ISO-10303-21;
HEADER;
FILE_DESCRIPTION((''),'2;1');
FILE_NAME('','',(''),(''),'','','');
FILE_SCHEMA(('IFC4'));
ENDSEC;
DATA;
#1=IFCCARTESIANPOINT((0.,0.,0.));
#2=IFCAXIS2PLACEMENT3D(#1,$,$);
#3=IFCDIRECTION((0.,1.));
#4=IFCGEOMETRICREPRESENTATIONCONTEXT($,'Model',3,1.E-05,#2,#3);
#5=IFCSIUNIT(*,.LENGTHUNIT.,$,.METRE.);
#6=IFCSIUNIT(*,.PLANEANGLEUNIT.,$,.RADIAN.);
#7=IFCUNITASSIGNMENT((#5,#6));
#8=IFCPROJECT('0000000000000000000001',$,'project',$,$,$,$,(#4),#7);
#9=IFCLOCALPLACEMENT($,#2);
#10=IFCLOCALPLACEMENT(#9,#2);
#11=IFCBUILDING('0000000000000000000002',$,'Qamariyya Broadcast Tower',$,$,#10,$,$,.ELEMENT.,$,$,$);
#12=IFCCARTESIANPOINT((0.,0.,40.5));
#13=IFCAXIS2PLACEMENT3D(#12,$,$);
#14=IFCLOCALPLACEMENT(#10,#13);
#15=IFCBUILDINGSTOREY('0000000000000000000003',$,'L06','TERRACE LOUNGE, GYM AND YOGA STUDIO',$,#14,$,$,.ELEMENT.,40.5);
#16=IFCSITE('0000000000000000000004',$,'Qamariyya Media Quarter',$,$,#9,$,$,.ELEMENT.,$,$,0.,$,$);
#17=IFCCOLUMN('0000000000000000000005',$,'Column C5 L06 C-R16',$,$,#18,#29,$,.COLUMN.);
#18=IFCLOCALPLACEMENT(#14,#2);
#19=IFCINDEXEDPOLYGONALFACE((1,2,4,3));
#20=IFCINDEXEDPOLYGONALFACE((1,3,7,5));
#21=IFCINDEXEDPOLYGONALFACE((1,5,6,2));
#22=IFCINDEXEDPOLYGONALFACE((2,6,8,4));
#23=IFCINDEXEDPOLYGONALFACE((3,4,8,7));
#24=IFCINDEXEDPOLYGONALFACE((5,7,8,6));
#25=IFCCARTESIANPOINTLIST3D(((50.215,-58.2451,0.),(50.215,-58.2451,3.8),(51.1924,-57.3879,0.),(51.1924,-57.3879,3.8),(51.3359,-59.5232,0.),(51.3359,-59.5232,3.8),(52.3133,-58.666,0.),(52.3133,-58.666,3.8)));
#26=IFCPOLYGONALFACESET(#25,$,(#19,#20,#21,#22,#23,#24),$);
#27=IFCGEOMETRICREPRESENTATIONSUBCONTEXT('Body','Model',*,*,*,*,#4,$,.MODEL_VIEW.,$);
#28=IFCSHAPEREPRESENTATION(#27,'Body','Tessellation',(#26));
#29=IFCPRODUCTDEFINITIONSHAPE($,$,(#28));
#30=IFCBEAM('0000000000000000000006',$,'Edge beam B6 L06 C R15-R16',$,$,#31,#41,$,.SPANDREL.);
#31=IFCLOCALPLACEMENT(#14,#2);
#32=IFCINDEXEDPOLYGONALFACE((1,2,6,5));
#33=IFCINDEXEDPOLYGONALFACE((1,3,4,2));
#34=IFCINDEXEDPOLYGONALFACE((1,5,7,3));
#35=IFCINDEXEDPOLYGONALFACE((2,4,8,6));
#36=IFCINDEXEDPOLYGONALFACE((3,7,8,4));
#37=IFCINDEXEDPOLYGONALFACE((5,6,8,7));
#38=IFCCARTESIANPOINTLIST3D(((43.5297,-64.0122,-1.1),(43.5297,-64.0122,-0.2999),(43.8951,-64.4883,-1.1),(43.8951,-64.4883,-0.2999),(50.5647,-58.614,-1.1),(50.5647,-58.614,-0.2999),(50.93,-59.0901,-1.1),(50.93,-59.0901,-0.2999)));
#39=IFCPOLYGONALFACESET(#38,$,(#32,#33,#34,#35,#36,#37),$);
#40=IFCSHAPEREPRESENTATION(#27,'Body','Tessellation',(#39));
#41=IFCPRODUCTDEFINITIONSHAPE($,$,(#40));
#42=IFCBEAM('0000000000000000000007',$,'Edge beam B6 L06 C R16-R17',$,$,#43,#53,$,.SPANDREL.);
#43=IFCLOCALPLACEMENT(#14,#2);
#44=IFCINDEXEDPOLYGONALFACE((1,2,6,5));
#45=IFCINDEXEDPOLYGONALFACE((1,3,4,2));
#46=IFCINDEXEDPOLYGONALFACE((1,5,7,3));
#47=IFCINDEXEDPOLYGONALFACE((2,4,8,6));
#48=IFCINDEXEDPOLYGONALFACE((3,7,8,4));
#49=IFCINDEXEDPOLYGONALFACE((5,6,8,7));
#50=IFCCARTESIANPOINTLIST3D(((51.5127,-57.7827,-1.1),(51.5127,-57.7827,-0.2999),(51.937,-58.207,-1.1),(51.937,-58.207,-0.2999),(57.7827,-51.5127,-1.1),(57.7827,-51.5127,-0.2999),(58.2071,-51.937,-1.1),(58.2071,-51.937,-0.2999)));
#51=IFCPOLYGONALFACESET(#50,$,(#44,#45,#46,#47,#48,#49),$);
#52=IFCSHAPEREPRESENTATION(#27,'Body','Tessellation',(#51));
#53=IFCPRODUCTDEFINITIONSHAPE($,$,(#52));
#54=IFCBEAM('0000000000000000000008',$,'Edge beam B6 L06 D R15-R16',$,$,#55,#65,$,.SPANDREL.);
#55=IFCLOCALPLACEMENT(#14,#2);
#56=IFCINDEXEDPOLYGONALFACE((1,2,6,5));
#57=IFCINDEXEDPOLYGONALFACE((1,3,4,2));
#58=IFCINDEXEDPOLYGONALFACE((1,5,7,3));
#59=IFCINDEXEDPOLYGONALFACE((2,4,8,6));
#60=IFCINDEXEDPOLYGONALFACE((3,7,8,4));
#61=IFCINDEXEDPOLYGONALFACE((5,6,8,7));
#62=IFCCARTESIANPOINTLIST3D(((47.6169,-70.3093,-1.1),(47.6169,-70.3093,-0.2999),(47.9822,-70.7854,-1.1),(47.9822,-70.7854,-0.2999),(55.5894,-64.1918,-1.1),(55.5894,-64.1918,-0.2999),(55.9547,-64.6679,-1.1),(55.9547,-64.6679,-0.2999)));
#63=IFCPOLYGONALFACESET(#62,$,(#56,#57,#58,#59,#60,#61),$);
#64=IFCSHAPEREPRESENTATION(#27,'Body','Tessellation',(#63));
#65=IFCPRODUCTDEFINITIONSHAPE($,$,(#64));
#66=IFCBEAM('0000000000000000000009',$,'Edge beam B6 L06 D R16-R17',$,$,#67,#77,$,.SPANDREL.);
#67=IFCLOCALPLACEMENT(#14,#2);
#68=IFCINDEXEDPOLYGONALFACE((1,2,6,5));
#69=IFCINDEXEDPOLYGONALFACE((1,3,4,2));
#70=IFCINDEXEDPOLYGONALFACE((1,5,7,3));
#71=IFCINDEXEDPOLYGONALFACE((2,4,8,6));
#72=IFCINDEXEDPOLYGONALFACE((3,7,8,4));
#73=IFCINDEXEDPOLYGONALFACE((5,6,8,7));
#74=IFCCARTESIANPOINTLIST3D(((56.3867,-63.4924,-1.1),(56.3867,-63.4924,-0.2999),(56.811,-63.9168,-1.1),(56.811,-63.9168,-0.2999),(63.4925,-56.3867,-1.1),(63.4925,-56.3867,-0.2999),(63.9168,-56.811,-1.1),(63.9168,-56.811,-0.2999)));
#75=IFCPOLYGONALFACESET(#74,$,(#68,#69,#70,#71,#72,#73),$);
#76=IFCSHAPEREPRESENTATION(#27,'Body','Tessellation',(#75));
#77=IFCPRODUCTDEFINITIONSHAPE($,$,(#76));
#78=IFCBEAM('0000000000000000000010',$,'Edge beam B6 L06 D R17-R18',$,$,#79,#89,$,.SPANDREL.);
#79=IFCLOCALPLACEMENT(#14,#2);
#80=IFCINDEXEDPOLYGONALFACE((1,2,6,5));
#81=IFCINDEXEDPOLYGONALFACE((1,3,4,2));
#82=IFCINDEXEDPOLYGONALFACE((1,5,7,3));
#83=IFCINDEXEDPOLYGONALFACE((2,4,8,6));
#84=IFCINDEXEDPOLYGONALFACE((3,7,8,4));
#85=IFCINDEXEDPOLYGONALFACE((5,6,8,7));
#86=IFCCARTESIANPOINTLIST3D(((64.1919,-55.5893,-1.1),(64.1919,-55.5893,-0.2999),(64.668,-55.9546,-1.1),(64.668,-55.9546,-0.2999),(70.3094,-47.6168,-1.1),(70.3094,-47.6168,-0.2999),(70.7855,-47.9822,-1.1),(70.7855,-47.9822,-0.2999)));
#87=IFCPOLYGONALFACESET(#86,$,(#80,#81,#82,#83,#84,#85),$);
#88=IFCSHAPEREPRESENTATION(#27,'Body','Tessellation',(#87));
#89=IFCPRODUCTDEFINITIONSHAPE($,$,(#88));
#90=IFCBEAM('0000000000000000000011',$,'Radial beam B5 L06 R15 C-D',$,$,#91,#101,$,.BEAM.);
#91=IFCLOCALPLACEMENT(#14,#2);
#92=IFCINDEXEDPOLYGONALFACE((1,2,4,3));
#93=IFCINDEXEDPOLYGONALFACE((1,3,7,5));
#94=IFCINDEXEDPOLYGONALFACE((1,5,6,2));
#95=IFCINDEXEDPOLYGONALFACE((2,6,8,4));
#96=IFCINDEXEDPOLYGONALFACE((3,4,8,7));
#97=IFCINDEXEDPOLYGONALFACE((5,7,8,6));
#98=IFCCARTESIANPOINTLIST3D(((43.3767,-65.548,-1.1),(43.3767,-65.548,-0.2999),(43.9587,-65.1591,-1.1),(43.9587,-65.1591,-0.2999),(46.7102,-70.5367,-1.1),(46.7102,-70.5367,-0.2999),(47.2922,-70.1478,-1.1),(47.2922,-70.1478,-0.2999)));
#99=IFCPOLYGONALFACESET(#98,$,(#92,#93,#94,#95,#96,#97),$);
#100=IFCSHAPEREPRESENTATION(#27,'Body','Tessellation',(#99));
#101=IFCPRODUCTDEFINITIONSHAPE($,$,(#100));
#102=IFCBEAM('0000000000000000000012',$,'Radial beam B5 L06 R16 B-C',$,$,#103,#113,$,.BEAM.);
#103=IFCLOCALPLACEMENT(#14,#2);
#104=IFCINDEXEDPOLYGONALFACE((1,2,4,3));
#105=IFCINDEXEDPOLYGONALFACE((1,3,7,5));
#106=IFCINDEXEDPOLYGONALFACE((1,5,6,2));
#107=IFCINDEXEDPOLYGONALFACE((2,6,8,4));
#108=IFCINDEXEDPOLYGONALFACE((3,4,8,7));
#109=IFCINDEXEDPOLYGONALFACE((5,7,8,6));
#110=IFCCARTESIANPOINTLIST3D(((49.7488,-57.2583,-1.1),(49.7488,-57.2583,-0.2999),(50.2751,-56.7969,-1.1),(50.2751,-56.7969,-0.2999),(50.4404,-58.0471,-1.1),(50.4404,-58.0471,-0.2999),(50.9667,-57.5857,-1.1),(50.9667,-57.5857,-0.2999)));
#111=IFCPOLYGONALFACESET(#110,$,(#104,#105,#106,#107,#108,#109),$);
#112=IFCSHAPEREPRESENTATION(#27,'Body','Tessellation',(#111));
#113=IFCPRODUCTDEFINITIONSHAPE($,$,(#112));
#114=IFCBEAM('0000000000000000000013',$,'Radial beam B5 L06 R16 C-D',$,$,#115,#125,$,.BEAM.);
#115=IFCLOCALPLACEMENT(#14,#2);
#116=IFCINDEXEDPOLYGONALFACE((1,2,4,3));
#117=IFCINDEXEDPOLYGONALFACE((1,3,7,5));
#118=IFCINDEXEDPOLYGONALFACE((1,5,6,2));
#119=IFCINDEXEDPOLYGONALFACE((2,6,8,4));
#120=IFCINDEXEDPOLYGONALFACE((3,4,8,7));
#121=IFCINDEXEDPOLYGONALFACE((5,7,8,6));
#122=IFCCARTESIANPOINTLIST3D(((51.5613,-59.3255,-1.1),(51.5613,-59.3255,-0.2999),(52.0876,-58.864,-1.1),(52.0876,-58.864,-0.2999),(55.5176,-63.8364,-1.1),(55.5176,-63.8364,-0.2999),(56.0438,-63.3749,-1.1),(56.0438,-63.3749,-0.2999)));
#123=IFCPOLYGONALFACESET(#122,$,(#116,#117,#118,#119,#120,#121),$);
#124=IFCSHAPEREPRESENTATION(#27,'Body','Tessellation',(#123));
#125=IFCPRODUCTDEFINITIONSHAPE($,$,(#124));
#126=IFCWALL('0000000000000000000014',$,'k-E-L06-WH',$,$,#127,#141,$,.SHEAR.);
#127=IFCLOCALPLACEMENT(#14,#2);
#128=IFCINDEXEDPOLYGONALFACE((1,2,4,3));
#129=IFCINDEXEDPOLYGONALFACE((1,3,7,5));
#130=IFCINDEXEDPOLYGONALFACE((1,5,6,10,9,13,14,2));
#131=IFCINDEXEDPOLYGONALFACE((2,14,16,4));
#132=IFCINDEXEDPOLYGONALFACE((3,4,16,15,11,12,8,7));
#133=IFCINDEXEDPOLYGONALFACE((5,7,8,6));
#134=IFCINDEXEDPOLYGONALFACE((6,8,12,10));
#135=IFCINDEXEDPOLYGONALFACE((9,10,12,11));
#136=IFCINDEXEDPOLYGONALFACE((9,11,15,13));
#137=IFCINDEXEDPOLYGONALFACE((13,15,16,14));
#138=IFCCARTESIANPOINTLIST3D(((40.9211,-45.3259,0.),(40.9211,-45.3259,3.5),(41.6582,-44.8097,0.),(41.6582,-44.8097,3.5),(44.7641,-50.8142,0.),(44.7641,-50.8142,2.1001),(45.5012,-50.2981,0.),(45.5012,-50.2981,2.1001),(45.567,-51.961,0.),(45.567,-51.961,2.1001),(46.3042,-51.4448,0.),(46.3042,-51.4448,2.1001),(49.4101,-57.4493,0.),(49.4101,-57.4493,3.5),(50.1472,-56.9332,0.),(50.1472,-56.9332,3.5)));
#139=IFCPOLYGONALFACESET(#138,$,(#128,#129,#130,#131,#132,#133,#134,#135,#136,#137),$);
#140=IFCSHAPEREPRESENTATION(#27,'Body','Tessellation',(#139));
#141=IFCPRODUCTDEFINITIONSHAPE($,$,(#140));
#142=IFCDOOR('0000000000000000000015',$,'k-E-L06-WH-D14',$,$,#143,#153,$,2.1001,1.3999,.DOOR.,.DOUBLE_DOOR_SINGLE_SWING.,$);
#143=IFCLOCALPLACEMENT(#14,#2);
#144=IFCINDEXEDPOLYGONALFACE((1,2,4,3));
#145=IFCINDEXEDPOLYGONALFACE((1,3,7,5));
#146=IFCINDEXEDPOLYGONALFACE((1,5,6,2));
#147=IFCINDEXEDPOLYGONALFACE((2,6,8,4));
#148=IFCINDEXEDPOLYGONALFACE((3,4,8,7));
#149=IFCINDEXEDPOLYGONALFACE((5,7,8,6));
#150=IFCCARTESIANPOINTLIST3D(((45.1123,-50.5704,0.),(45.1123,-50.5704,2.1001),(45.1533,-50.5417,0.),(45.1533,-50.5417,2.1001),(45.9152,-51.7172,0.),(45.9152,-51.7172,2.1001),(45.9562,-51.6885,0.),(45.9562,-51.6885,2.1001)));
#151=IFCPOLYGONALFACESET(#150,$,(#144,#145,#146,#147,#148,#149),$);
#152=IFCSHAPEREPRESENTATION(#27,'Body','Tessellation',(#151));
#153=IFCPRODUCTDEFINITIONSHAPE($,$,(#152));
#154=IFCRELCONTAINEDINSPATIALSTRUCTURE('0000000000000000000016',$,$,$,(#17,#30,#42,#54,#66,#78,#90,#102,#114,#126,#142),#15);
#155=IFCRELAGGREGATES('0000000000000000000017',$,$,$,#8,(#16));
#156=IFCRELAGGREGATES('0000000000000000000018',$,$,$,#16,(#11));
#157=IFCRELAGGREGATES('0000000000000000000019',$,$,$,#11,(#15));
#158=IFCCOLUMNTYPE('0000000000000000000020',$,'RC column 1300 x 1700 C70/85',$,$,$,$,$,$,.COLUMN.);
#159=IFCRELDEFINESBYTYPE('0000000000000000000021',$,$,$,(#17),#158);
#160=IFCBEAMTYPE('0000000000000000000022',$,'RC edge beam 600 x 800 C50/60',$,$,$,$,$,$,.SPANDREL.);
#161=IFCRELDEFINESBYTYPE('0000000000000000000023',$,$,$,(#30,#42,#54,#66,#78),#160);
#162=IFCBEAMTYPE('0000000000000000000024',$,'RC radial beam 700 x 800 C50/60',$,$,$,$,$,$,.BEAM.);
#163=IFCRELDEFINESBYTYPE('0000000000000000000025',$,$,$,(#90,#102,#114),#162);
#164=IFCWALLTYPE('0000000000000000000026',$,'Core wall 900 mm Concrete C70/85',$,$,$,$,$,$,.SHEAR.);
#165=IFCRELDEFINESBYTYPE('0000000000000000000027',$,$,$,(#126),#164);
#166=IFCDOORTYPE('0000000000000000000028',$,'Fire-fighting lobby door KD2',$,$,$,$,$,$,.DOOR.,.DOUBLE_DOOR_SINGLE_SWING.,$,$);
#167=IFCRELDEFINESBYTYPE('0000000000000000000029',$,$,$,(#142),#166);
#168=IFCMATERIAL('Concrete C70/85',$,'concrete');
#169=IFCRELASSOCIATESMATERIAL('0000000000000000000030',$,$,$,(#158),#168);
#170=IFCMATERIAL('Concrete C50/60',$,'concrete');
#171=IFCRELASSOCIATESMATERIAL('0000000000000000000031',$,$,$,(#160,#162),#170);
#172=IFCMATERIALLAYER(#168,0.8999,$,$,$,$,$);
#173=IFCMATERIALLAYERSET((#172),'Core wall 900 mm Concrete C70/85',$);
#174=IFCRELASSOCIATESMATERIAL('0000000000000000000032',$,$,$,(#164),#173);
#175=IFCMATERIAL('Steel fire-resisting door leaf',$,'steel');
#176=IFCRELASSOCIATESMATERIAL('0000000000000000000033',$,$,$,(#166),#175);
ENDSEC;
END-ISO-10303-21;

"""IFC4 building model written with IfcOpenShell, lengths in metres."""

from ifc_helpers import new_model, si_unit, direction, frame, frame_2d, origin, origin_2d, place, context, subcontext, project, spatial, rectangle, extrude, material, layer, layer_set, material_profile, profile_set, type_object, element, fill, save


model = new_model("IFC4")

# Units and contexts
model_context = context("Model", 3, precision=1e-05, world=origin(), true_north=direction((0.0, 1.0)))
body_context = subcontext(model_context, "Body", "Model", "MODEL_VIEW")
ifc_project = project(units=[si_unit("LENGTHUNIT", "METRE"), si_unit("PLANEANGLEUNIT", "RADIAN")], contexts=[model_context])

# Site, building, storey
site_placement = place(None, origin())
site = spatial("IfcSite", under=ifc_project, at=site_placement, Name="Qamariyya Media Quarter", CompositionType="ELEMENT", RefElevation=0.0)
building_placement = place(site_placement, origin())
building = spatial("IfcBuilding", under=site, at=building_placement, Name="Qamariyya Broadcast Tower", CompositionType="ELEMENT")
storey_placement = place(building_placement, frame((0.0, 0.0, 40.5)))
storey = spatial("IfcBuildingStorey", under=building, at=storey_placement, Name="L06", Description="TERRACE LOUNGE, GYM AND YOGA STUDIO", CompositionType="ELEMENT", Elevation=40.5)

# Column
ifc_material_1 = material(Name="Concrete C70/85", Category="concrete")
ifc_material_profile_1 = material_profile(ifc_material_1, rectangle(XDim=1.3, YDim=1.7, at=origin_2d()))
ifc_profile_set_1 = profile_set([ifc_material_profile_1], Name="Concrete C70/85")
column_type = type_object("IfcColumnType", Name="RC column 1300 x 1700 C70/85", PredefinedType="COLUMN", material=ifc_profile_set_1)
column_placement = place(storey_placement, frame((51.2642, -58.4556, 0.0), z_axis=(0.0, 0.0, 1.0), x_axis=(0.75184, 0.659346, 0.0)))
element("IfcColumn", 1, at=column_placement, inside=storey, type_object=column_type, Name="Column C5 L06 C-R16", PredefinedType="COLUMN", context=body_context, shape_type="SweptSolid", body=[
    extrude(rectangle(XDim=1.3, YDim=1.7, at=origin_2d()), origin(), (0.0, 0.0, 1.0), 3.8),
])

# Beams
ifc_material_2 = material(Name="Concrete C50/60", Category="concrete")
ifc_material_profile_2 = material_profile(ifc_material_2, rectangle(XDim=0.6001, YDim=0.8, at=origin_2d()))
ifc_profile_set_2 = profile_set([ifc_material_profile_2], Name="Concrete C50/60")
beam_type_1 = type_object("IfcBeamType", Name="RC edge beam 600 x 800 C50/60", PredefinedType="SPANDREL", material=ifc_profile_set_2)
beam_1_placement = place(storey_placement, frame((43.7124, -64.2502, -0.7), z_axis=(0.793347, 0.60877, 0.0), x_axis=(-0.60877, 0.793347, 0.0)))
element("IfcBeam", 2, at=beam_1_placement, inside=storey, type_object=beam_type_1, Name="Edge beam B6 L06 C R15-R16", PredefinedType="SPANDREL", context=body_context, shape_type="SweptSolid", body=[
    extrude(rectangle(XDim=0.6001, YDim=0.8, at=origin_2d()), origin(), (0.0, 0.0, 1.0), 8.8674),
])
beam_2_placement = place(storey_placement, frame((51.7249, -57.9949, -0.7), z_axis=(0.707107, 0.707107, 0.0), x_axis=(-0.707107, 0.707107, 0.0)))
element("IfcBeam", 3, at=beam_2_placement, inside=storey, type_object=beam_type_1, Name="Edge beam B6 L06 C R16-R17", PredefinedType="SPANDREL", context=body_context, shape_type="SweptSolid", body=[
    extrude(rectangle(XDim=0.6001, YDim=0.8, at=origin_2d()), origin(), (0.0, 0.0, 1.0), 8.8672),
])
for number, where, z_axis, x_axis, name in (
    (4, (47.7996, -70.5474, -0.7), (0.793354, 0.60876, 0.0), (-0.60876, 0.793354, 0.0), "Edge beam B6 L06 D R15-R16"),
    (5, (56.5989, -63.7046, -0.7), (0.707107, 0.707107, 0.0), (-0.707107, 0.707107, 0.0), "Edge beam B6 L06 D R16-R17"),
    (6, (64.4299, -55.772, -0.7), (0.60876, 0.793354, 0.0), (-0.793354, 0.60876, 0.0), "Edge beam B6 L06 D R17-R18"),
):
    element("IfcBeam", number, at=place(storey_placement, frame(where, z_axis=z_axis, x_axis=x_axis)), inside=storey, type_object=beam_type_1, Name=name, PredefinedType="SPANDREL", context=body_context, shape_type="SweptSolid", body=[
        extrude(rectangle(XDim=0.6001, YDim=0.8, at=origin_2d()), origin(), (0.0, 0.0, 1.0), 10.0491),
    ])
ifc_material_profile_3 = material_profile(ifc_material_2, rectangle(XDim=0.7, YDim=0.8, at=origin_2d()))
ifc_profile_set_3 = profile_set([ifc_material_profile_3], Name="Concrete C50/60")
beam_type_2 = type_object("IfcBeamType", Name="RC radial beam 700 x 800 C50/60", PredefinedType="BEAM", material=ifc_profile_set_3)
beam_3_placement = place(storey_placement, frame((43.6677, -65.3535, -0.7), z_axis=(0.555583, -0.831461, 0.0), x_axis=(0.831461, 0.555583, 0.0)))
element("IfcBeam", 7, at=beam_3_placement, inside=storey, type_object=beam_type_2, Name="Radial beam B5 L06 R15 C-D", PredefinedType="BEAM", context=body_context, shape_type="SweptSolid", body=[
    extrude(rectangle(XDim=0.7, YDim=0.8, at=origin_2d()), origin(), (0.0, 0.0, 1.0), 6.0),
])
beam_4_placement = place(storey_placement, frame((50.012, -57.0276, -0.7), z_axis=(0.659279, -0.751899, 0.0), x_axis=(0.751899, 0.659279, 0.0)))
element("IfcBeam", 8, at=beam_4_placement, inside=storey, type_object=beam_type_2, Name="Radial beam B5 L06 R16 B-C", PredefinedType="BEAM", context=body_context, shape_type="SweptSolid", body=[
    extrude(rectangle(XDim=0.7, YDim=0.8, at=origin_2d()), origin(), (0.0, 0.0, 1.0), 1.0491),
])
beam_5_placement = place(storey_placement, frame((51.8245, -59.0947, -0.7), z_axis=(0.659371, -0.751818, 0.0), x_axis=(0.751818, 0.659371, 0.0)))
element("IfcBeam", 9, at=beam_5_placement, inside=storey, type_object=beam_type_2, Name="Radial beam B5 L06 R16 C-D", PredefinedType="BEAM", context=body_context, shape_type="SweptSolid", body=[
    extrude(rectangle(XDim=0.7, YDim=0.8, at=origin_2d()), origin(), (0.0, 0.0, 1.0), 6.0),
])

# Wall, opening, door
ifc_layer_1 = layer(ifc_material_1, 0.8999)
ifc_layer_set_1 = layer_set([ifc_layer_1], Name="Core wall 900 mm Concrete C70/85")
wall_type_1 = type_object("IfcWallType", Name="Core wall 900 mm Concrete C70/85", PredefinedType="SHEAR", material=ifc_layer_set_1)
wall_1_placement = place(storey_placement, frame((49.7786, -57.1912, 0.0), z_axis=(0.0, 0.0, 1.0), x_axis=(-0.573577, 0.819151, 0.0)))
wall_1 = element("IfcWall", 10, at=wall_1_placement, inside=storey, type_object=wall_type_1, Name="k-E-L06-WH", PredefinedType="SHEAR", context=body_context, shape_type="SweptSolid", body=[
    extrude(rectangle(XDim=14.8, YDim=0.8999, at=frame_2d((7.3999, 0.0))), origin(), (0.0, 0.0, 1.0), 3.5),
])
opening_1_placement = place(wall_1_placement, frame((6.7, 0.0, 0.0)))
opening_1 = element("IfcOpeningElement", 11, at=opening_1_placement, cuts=wall_1, PredefinedType="OPENING", context=body_context, shape_type="SweptSolid", body=[
    extrude(rectangle(XDim=1.3999, YDim=2.1001, at=frame_2d((0.7, 1.05))), frame((0.0, 0.46, 0.0), z_axis=(0.0, -1.0, 0.0), x_axis=(1.0, 0.0, 0.0)), (0.0, 0.0, 1.0), 0.9199),
])
ifc_material_3 = material(Name="Steel fire-resisting door leaf", Category="steel")
door_type_1 = type_object("IfcDoorType", Name="Fire-fighting lobby door KD2", OperationType="DOUBLE_DOOR_SINGLE_SWING", PredefinedType="DOOR", material=ifc_material_3)
door_1_placement = place(opening_1_placement, origin())
door_1 = element("IfcDoor", 12, at=door_1_placement, inside=storey, type_object=door_type_1, Name="k-E-L06-WH-D14", OperationType="DOUBLE_DOOR_SINGLE_SWING", OverallHeight=2.1001, OverallWidth=1.3999, PredefinedType="DOOR", context=body_context, shape_type="SweptSolid", body=[
    extrude(rectangle(XDim=1.3999, YDim=2.1001, at=frame_2d((0.7, 1.05))), frame((0.0, 0.0249, 0.0), z_axis=(0.0, -1.0, 0.0), x_axis=(1.0, 0.0, 0.0)), (0.0, 0.0, 1.0), 0.05),
])
fill(opening_1, door_1)

save(model, "model.ifc")
